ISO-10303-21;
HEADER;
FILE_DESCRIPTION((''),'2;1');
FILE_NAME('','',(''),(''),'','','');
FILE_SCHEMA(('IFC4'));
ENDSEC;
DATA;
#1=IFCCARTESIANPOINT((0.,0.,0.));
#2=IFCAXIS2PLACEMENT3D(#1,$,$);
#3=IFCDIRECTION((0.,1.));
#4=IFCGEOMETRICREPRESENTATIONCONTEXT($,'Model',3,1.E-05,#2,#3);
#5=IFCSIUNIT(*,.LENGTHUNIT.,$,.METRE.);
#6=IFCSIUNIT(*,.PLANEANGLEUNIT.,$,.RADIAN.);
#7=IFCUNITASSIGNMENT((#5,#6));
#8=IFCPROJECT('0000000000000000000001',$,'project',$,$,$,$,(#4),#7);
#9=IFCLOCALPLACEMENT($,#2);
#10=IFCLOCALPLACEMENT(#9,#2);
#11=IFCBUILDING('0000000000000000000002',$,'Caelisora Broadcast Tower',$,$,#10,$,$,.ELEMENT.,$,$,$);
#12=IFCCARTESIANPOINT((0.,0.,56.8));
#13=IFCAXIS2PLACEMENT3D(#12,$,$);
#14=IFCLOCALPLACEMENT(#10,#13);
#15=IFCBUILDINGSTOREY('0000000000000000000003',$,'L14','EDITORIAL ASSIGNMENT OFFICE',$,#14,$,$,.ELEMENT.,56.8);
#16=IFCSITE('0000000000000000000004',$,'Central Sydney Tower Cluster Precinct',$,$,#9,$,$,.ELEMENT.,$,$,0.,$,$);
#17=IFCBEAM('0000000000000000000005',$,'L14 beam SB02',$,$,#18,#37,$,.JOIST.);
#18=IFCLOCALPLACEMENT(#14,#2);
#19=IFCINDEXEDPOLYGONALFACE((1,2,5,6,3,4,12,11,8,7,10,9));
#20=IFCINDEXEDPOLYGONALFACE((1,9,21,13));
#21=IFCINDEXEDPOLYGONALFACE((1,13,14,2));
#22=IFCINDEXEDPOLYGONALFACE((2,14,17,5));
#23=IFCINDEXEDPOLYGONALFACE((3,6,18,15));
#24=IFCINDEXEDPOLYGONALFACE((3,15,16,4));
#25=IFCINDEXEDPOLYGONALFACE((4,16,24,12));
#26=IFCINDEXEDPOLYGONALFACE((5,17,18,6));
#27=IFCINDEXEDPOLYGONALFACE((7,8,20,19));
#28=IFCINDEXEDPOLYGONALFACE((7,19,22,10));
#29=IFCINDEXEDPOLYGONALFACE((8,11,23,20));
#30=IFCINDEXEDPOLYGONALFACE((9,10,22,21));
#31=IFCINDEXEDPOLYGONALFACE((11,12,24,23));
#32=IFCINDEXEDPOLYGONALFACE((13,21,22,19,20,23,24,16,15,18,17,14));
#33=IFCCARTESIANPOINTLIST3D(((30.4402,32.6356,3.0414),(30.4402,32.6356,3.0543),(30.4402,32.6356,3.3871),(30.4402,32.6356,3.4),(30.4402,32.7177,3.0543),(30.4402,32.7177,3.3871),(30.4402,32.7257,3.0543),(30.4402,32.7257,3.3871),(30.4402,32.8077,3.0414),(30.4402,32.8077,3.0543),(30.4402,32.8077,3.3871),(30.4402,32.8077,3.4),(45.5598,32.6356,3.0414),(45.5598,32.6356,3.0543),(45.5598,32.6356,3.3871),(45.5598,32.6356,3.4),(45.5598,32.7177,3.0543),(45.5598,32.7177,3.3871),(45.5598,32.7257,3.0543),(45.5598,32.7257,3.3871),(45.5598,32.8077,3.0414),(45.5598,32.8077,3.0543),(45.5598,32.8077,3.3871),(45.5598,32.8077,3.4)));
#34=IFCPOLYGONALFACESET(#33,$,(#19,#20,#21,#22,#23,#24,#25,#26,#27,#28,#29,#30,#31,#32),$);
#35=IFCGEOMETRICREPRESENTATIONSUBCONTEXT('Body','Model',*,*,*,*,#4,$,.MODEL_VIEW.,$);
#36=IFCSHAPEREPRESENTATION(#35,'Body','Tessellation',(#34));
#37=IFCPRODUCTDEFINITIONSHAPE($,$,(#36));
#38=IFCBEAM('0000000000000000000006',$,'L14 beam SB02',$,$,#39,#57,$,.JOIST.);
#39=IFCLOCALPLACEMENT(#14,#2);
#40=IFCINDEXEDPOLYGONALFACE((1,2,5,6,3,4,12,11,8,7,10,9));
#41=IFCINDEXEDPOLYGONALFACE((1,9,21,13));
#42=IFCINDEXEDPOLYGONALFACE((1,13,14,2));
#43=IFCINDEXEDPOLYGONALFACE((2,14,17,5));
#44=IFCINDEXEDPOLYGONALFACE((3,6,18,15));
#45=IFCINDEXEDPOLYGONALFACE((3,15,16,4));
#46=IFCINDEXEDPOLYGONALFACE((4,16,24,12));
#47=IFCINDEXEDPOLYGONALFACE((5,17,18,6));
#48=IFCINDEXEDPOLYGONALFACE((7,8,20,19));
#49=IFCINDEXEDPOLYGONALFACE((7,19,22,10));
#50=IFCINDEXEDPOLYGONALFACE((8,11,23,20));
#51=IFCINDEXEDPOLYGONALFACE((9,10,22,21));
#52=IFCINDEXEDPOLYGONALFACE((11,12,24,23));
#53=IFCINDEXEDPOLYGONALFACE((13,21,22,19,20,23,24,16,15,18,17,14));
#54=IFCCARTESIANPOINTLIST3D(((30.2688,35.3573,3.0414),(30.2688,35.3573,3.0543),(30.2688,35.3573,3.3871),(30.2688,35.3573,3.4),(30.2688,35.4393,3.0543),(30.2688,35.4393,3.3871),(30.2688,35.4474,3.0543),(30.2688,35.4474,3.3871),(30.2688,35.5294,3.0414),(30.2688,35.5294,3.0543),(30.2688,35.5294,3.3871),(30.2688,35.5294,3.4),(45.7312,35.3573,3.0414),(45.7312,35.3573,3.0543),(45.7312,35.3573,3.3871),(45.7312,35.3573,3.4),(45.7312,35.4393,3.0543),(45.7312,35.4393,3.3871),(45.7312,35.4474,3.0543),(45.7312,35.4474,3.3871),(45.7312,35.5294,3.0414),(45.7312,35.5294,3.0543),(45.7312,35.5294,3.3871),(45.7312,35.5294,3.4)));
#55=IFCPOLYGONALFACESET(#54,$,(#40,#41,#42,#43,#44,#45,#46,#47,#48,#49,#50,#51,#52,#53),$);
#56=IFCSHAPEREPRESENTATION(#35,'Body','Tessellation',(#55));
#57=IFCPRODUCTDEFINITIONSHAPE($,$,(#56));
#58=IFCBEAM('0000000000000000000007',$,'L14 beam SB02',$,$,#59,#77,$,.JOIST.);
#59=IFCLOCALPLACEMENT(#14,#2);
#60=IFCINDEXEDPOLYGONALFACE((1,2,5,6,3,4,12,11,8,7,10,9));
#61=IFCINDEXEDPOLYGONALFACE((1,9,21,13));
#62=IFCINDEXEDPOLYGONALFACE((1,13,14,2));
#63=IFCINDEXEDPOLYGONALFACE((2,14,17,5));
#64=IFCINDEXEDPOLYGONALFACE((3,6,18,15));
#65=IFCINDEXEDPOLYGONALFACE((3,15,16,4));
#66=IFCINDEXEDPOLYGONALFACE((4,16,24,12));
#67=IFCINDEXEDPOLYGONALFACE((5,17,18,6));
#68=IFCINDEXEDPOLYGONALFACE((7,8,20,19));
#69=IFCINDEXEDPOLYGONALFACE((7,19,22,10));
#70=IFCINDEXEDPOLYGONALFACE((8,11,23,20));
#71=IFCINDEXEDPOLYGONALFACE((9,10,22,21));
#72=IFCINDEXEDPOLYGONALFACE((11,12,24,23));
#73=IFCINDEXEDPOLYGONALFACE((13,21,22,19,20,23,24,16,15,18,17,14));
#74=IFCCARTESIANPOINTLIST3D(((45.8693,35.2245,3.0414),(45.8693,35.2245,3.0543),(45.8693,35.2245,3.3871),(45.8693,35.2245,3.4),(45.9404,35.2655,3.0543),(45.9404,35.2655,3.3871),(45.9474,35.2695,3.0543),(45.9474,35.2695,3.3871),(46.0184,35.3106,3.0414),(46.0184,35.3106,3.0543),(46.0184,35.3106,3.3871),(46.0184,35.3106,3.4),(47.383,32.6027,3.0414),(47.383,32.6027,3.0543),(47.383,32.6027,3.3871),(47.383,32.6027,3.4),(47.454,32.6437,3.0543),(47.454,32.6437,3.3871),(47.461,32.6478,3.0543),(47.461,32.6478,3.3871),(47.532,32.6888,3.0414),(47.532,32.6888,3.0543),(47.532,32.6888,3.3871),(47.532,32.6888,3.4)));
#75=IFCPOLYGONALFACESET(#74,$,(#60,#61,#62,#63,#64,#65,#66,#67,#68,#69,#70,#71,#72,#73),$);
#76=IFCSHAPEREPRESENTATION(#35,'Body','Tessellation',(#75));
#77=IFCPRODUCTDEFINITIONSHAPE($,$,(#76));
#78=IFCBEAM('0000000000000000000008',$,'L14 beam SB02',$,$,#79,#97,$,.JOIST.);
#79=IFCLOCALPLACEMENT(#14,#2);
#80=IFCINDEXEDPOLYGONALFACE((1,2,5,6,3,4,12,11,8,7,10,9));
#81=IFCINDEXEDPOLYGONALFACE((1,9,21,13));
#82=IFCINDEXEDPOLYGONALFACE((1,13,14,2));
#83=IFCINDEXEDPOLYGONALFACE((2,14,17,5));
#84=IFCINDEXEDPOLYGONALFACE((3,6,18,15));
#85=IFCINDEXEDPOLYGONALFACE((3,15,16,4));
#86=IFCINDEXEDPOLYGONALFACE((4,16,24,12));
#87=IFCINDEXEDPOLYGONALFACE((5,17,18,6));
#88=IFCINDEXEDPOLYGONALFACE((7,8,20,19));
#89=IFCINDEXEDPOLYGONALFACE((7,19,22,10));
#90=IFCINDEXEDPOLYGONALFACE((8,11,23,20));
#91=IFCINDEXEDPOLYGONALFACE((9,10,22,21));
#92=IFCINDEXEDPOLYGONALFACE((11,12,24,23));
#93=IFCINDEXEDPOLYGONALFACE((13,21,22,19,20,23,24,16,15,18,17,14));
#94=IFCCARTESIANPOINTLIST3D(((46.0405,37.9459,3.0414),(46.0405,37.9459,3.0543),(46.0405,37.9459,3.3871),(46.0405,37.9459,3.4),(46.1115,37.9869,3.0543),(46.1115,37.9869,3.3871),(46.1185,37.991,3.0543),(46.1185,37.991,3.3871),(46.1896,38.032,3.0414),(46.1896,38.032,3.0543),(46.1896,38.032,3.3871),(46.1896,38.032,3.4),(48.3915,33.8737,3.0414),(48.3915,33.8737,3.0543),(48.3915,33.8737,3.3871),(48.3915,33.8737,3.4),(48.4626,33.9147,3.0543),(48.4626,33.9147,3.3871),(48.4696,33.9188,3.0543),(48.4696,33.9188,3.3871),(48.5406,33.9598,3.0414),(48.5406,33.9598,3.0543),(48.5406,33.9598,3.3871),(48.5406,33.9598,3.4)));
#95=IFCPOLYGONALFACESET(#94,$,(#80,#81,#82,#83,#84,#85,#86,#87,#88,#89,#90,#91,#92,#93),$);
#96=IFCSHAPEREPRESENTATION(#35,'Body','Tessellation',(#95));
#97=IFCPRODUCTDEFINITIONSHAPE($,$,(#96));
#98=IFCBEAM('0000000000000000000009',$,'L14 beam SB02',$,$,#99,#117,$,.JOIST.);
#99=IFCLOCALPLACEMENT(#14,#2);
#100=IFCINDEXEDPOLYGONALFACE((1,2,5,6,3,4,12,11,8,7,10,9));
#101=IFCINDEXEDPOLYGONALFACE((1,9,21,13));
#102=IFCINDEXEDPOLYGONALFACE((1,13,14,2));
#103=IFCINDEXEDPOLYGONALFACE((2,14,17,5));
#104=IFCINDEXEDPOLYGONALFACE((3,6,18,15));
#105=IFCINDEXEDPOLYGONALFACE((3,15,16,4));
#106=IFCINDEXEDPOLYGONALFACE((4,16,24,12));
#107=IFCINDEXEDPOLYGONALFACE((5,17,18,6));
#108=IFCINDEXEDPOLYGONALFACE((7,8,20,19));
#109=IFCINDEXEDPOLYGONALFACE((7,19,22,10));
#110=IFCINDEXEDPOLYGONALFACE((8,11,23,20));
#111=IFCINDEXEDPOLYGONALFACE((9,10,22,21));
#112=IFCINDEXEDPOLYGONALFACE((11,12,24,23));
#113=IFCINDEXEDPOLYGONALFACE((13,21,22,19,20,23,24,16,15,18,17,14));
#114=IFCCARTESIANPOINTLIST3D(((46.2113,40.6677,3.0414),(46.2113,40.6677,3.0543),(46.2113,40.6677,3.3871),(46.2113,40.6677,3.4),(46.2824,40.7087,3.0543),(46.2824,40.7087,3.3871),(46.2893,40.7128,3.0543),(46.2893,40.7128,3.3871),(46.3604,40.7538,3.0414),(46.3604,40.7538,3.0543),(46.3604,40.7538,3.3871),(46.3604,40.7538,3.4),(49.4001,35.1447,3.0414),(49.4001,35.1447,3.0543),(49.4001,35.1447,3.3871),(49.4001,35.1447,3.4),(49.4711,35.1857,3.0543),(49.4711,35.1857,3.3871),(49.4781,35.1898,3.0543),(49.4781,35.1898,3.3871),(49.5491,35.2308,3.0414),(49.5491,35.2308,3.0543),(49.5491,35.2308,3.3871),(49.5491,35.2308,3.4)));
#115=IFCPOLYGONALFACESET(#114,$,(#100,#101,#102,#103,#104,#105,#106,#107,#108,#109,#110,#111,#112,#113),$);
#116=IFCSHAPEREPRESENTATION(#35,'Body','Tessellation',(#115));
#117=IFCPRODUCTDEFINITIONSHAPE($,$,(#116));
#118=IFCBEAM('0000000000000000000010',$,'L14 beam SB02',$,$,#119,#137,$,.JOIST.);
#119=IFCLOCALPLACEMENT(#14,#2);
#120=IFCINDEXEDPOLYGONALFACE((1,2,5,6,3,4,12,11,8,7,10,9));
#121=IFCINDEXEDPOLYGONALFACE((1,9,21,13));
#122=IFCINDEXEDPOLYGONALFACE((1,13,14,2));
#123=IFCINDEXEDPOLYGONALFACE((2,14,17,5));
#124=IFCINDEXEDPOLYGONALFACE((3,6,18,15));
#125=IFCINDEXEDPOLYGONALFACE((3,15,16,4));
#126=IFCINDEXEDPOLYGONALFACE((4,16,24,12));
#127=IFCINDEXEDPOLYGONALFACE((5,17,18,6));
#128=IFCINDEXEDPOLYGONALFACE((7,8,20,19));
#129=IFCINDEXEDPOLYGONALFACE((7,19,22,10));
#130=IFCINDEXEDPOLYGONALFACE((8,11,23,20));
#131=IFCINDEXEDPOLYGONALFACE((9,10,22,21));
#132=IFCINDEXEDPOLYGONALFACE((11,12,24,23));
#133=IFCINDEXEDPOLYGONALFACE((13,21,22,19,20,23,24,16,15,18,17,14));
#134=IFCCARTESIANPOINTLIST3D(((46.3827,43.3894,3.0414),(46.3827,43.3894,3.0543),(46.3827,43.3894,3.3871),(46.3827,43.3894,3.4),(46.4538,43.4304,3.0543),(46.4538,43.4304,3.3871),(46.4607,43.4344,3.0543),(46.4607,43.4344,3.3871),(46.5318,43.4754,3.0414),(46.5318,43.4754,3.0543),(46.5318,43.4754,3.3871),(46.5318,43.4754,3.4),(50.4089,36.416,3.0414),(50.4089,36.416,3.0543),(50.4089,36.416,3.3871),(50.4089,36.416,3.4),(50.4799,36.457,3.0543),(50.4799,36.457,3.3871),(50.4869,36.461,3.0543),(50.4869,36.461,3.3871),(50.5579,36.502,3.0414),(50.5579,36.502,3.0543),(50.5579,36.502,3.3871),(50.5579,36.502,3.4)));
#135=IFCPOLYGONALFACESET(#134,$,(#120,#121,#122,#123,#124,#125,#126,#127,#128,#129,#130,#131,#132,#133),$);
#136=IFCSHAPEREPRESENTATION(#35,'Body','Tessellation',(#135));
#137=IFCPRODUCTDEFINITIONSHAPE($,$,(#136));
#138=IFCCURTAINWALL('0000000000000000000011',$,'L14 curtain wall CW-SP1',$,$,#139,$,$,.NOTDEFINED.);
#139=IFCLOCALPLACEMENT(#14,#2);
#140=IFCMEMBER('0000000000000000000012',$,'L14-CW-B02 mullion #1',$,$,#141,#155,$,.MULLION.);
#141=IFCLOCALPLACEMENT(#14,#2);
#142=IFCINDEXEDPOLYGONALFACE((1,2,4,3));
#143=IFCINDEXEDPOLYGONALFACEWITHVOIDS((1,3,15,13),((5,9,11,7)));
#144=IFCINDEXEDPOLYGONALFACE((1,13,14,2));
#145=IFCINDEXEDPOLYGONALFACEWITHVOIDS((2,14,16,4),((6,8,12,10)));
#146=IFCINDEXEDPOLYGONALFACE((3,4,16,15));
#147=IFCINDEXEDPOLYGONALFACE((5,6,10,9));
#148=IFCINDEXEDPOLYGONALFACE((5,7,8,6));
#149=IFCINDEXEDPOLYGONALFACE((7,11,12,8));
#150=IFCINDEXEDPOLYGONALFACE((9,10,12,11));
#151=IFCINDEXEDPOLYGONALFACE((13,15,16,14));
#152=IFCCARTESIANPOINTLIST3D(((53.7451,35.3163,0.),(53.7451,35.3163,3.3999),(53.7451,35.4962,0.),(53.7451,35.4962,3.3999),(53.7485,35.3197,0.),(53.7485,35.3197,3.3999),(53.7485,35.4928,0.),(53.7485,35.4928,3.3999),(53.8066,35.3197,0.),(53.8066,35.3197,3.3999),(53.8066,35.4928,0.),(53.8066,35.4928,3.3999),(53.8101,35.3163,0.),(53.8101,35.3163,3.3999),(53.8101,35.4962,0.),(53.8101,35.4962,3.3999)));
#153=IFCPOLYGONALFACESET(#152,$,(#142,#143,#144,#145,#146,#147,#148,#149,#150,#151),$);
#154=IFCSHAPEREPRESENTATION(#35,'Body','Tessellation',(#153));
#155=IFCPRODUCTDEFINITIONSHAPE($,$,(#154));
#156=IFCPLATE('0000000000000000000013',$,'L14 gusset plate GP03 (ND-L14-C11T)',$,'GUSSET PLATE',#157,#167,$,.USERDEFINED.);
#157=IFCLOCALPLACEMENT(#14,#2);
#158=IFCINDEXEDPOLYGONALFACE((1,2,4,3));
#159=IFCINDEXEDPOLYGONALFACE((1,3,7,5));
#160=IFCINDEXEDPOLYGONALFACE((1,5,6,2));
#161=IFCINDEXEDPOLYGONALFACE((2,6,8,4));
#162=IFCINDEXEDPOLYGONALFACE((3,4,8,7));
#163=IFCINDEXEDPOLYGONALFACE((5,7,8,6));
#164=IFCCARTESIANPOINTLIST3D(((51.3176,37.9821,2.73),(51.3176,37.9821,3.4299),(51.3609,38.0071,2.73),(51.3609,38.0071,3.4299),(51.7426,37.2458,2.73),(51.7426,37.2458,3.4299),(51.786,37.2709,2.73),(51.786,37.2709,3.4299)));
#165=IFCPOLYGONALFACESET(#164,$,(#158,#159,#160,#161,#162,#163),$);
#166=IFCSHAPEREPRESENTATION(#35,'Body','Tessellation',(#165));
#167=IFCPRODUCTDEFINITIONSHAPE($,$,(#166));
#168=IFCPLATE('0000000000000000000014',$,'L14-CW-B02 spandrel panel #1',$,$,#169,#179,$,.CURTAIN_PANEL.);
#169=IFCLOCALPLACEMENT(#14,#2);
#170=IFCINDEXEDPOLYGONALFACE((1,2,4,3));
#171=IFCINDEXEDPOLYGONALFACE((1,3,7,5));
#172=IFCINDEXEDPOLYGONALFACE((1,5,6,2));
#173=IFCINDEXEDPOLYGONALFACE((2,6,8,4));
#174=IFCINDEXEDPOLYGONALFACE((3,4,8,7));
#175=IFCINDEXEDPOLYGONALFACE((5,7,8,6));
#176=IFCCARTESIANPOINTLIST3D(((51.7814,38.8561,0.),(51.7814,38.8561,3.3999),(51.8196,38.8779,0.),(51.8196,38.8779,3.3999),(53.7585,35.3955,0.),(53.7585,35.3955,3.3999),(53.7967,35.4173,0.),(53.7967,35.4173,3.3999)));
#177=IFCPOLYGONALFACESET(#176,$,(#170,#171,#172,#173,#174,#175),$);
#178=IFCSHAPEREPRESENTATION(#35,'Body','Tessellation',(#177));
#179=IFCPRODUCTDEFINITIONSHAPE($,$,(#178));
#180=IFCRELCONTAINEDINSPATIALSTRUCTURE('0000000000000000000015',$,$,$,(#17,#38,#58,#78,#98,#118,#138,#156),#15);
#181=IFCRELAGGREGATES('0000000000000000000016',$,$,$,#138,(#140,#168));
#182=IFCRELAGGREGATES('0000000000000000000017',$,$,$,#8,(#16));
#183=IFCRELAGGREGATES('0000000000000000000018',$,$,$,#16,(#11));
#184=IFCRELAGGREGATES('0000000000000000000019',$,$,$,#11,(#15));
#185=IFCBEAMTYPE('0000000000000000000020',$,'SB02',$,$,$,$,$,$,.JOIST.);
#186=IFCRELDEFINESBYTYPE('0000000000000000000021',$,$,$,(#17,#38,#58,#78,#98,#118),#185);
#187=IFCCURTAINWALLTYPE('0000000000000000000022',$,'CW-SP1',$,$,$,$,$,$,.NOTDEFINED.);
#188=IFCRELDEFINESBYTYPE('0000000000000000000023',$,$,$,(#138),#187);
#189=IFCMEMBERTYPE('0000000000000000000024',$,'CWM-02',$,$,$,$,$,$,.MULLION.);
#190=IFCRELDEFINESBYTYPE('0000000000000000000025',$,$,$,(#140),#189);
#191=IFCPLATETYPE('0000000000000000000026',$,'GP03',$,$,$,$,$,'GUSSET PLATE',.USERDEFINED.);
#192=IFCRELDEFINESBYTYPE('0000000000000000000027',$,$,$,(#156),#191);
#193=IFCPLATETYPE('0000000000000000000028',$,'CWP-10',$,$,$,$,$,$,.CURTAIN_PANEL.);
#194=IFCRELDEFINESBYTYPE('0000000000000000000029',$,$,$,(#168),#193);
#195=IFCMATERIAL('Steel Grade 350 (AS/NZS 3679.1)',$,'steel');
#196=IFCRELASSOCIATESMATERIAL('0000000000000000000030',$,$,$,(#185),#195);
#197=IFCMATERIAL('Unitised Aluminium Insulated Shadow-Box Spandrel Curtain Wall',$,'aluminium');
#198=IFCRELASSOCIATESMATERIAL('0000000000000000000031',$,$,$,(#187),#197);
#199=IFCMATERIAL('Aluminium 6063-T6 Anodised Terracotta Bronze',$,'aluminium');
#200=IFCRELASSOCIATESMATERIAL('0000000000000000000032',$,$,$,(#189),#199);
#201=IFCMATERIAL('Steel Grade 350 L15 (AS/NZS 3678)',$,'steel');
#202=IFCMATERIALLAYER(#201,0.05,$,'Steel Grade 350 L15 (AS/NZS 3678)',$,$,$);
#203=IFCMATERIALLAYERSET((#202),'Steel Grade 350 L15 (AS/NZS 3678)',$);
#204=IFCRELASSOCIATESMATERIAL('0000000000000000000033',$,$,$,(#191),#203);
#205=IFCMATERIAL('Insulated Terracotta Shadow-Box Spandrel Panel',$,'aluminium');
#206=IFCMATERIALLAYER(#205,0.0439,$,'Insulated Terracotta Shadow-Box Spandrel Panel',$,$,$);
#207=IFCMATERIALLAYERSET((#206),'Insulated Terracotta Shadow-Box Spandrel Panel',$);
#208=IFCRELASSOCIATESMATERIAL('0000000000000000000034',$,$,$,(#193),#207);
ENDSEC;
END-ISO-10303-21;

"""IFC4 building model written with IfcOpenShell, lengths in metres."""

from ifc_helpers import new_model, si_unit, direction, frame, origin, origin_2d, place, context, subcontext, project, spatial, rectangle, hollow_rectangle, i_section, extrude, source, transform, mapped, material, layer, layer_set, material_profile, profile_set, type_object, type_shapes, element, aggregate, save


model = new_model("IFC4")

# Units and contexts
model_context = context("Model", 3, precision=1e-05, world=origin(), true_north=direction((0.0, 1.0)))
body_context = subcontext(model_context, "Body", "Model", "MODEL_VIEW")
ifc_project = project(units=[si_unit("LENGTHUNIT", "METRE"), si_unit("PLANEANGLEUNIT", "RADIAN")], contexts=[model_context])

# Site, building, storey
site_placement = place(None, origin())
site = spatial("IfcSite", under=ifc_project, at=site_placement, Name="Central Sydney Tower Cluster Precinct", CompositionType="ELEMENT", RefElevation=0.0)
building_placement = place(site_placement, origin())
building = spatial("IfcBuilding", under=site, at=building_placement, Name="Caelisora Broadcast Tower", CompositionType="ELEMENT")
storey_placement = place(building_placement, frame((0.0, 0.0, 56.8)))
storey = spatial("IfcBuildingStorey", under=building, at=storey_placement, Name="L14", Description="EDITORIAL ASSIGNMENT OFFICE", CompositionType="ELEMENT", Elevation=56.8)

# Beams
ifc_material_1 = material(Name="Steel Grade 350 (AS/NZS 3679.1)", Category="steel")
ifc_material_profile_1 = material_profile(ifc_material_1, i_section(OverallWidth=0.1721, OverallDepth=0.3586, WebThickness=0.0081, FlangeThickness=0.0129, at=origin_2d()), Name="Steel Grade 350 (AS/NZS 3679.1)")
ifc_profile_set_1 = profile_set([ifc_material_profile_1], Name="Steel Grade 350 (AS/NZS 3679.1)")
beam_type = type_object("IfcBeamType", Name="SB02", PredefinedType="JOIST", material=ifc_profile_set_1)
shared_shape_1 = source(origin(), body_context, "Body", "SweptSolid", [
    extrude(i_section(OverallWidth=0.1721, OverallDepth=0.3586, WebThickness=0.0081, FlangeThickness=0.0129, at=origin_2d()), origin(), (0.0, 0.0, 1.0), 15.1196),
])
beam_1_placement = place(storey_placement, frame((45.5598, 32.7217, 3.2207), z_axis=(-1.0, 0.0, 0.0), x_axis=(0.0, -1.0, 0.0)))
element("IfcBeam", 1, at=beam_1_placement, inside=storey, type_object=beam_type, Name="L14 beam SB02", PredefinedType="JOIST", context=body_context, shape_type="MappedRepresentation", body=[
    mapped(shared_shape_1, transform((0.0, 0.0, 0.0), scale=1.0)),
])
shared_shape_2 = source(origin(), body_context, "Body", "SweptSolid", [
    extrude(i_section(OverallWidth=0.1721, OverallDepth=0.3586, WebThickness=0.0081, FlangeThickness=0.0129, at=origin_2d()), origin(), (0.0, 0.0, 1.0), 15.4624),
])
beam_2_placement = place(storey_placement, frame((45.7312, 35.4434, 3.2207), z_axis=(-1.0, 0.0, 0.0), x_axis=(0.0, -1.0, 0.0)))
element("IfcBeam", 2, at=beam_2_placement, inside=storey, type_object=beam_type, Name="L14 beam SB02", PredefinedType="JOIST", context=body_context, shape_type="MappedRepresentation", body=[
    mapped(shared_shape_2, transform((0.0, 0.0, 0.0), scale=1.0)),
])
shared_shape_3 = source(origin(), body_context, "Body", "SweptSolid", [
    extrude(i_section(OverallWidth=0.1721, OverallDepth=0.3586, WebThickness=0.0081, FlangeThickness=0.0129, at=origin_2d()), origin(), (0.0, 0.0, 1.0), 3.0273),
])
beam_3_placement = place(storey_placement, frame((47.4575, 32.6458, 3.2207), z_axis=(-0.49999, 0.866031, 0.0), x_axis=(-0.866031, -0.49999, 0.0)))
element("IfcBeam", 3, at=beam_3_placement, inside=storey, type_object=beam_type, Name="L14 beam SB02", PredefinedType="JOIST", context=body_context, shape_type="MappedRepresentation", body=[
    mapped(shared_shape_3, transform((0.0, 0.0, 0.0), scale=1.0)),
])
shared_shape_4 = source(origin(), body_context, "Body", "SweptSolid", [
    extrude(i_section(OverallWidth=0.1721, OverallDepth=0.3586, WebThickness=0.0081, FlangeThickness=0.0129, at=origin_2d()), origin(), (0.0, 0.0, 1.0), 4.7021),
])
beam_4_placement = place(storey_placement, frame((48.4661, 33.9167, 3.2207), z_axis=(-0.499992, 0.86603, 0.0), x_axis=(-0.86603, -0.499992, 0.0)))
element("IfcBeam", 4, at=beam_4_placement, inside=storey, type_object=beam_type, Name="L14 beam SB02", PredefinedType="JOIST", context=body_context, shape_type="MappedRepresentation", body=[
    mapped(shared_shape_4, transform((0.0, 0.0, 0.0), scale=1.0)),
])
shared_shape_5 = source(origin(), body_context, "Body", "SweptSolid", [
    extrude(i_section(OverallWidth=0.1721, OverallDepth=0.3586, WebThickness=0.0081, FlangeThickness=0.0129, at=origin_2d()), origin(), (0.0, 0.0, 1.0), 6.3774),
])
beam_5_placement = place(storey_placement, frame((49.4746, 35.1877, 3.2207), z_axis=(-0.500005, 0.866022, 0.0), x_axis=(-0.866022, -0.500005, 0.0)))
element("IfcBeam", 5, at=beam_5_placement, inside=storey, type_object=beam_type, Name="L14 beam SB02", PredefinedType="JOIST", context=body_context, shape_type="MappedRepresentation", body=[
    mapped(shared_shape_5, transform((0.0, 0.0, 0.0), scale=1.0)),
])
shared_shape_6 = source(origin(), body_context, "Body", "SweptSolid", [
    extrude(i_section(OverallWidth=0.1721, OverallDepth=0.3586, WebThickness=0.0081, FlangeThickness=0.0129, at=origin_2d()), origin(), (0.0, 0.0, 1.0), 8.0522),
])
type_shapes(beam_type, [shared_shape_1, shared_shape_2, shared_shape_3, shared_shape_4, shared_shape_5, shared_shape_6])
beam_6_placement = place(storey_placement, frame((50.4834, 36.459, 3.2207), z_axis=(-0.500003, 0.866024, 0.0), x_axis=(-0.866024, -0.500003, 0.0)))
element("IfcBeam", 6, at=beam_6_placement, inside=storey, type_object=beam_type, Name="L14 beam SB02", PredefinedType="JOIST", context=body_context, shape_type="MappedRepresentation", body=[
    mapped(shared_shape_6, transform((0.0, 0.0, 0.0), scale=1.0)),
])

# Curtain wall, member
ifc_material_2 = material(Name="Unitised Aluminium Insulated Shadow-Box Spandrel Curtain Wall", Category="aluminium")
curtain_wall_type = type_object("IfcCurtainWallType", Name="CW-SP1", PredefinedType="NOTDEFINED", material=ifc_material_2)
curtain_wall_placement = place(storey_placement, origin())
curtain_wall = element("IfcCurtainWall", 7, at=curtain_wall_placement, inside=storey, type_object=curtain_wall_type, Name="L14 curtain wall CW-SP1", PredefinedType="NOTDEFINED")
ifc_material_3 = material(Name="Aluminium 6063-T6 Anodised Terracotta Bronze", Category="aluminium")
ifc_material_profile_2 = material_profile(ifc_material_3, hollow_rectangle(XDim=0.0649, YDim=0.1799, WallThickness=0.0034, at=origin_2d()), Name="Aluminium 6063-T6 Anodised Terracotta Bronze")
ifc_profile_set_2 = profile_set([ifc_material_profile_2], Name="Aluminium 6063-T6 Anodised Terracotta Bronze")
member_type = type_object("IfcMemberType", Name="CWM-02", PredefinedType="MULLION", material=ifc_profile_set_2)
shared_shape_7 = source(origin(), body_context, "Body", "SweptSolid", [
    extrude(hollow_rectangle(XDim=0.0649, YDim=0.1799, WallThickness=0.0034, at=origin_2d()), origin(), (0.0, 0.0, 1.0), 3.3999),
])
type_shapes(member_type, [shared_shape_7])
member_placement = place(storey_placement, frame((53.7776, 35.4062, 0.0), z_axis=(0.0, 0.0, 1.0), x_axis=(1.0, 0.0, 0.0)))
member = element("IfcMember", 8, at=member_placement, type_object=member_type, Name="L14-CW-B02 mullion #1", PredefinedType="MULLION", context=body_context, shape_type="MappedRepresentation", body=[
    mapped(shared_shape_7, transform((0.0, 0.0, 0.0), scale=1.0)),
])

# Plates
ifc_material_4 = material(Name="Steel Grade 350 L15 (AS/NZS 3678)", Category="steel")
ifc_layer_1 = layer(ifc_material_4, 0.05, Name="Steel Grade 350 L15 (AS/NZS 3678)")
ifc_layer_set_1 = layer_set([ifc_layer_1], Name="Steel Grade 350 L15 (AS/NZS 3678)")
plate_type_1 = type_object("IfcPlateType", Name="GP03", ElementType="GUSSET PLATE", PredefinedType="USERDEFINED", material=ifc_layer_set_1)
shared_shape_8 = source(origin(), body_context, "Body", "SweptSolid", [
    extrude(rectangle(XDim=0.8501, YDim=0.05, at=origin_2d()), origin(), (0.0, 0.0, 1.0), 0.7),
])
type_shapes(plate_type_1, [shared_shape_8])
plate_1_placement = place(storey_placement, frame((51.5518, 37.6265, 2.73), z_axis=(0.0, 0.0, 1.0), x_axis=(-0.5, 0.866025, 0.0)))
element("IfcPlate", 9, at=plate_1_placement, inside=storey, type_object=plate_type_1, Name="L14 gusset plate GP03 (ND-L14-C11T)", ObjectType="GUSSET PLATE", PredefinedType="USERDEFINED", context=body_context, shape_type="MappedRepresentation", body=[
    mapped(shared_shape_8, transform((0.0, 0.0, 0.0), scale=1.0)),
])
ifc_material_5 = material(Name="Insulated Terracotta Shadow-Box Spandrel Panel", Category="aluminium")
ifc_layer_2 = layer(ifc_material_5, 0.0439, Name="Insulated Terracotta Shadow-Box Spandrel Panel")
ifc_layer_set_2 = layer_set([ifc_layer_2], Name="Insulated Terracotta Shadow-Box Spandrel Panel")
plate_type_2 = type_object("IfcPlateType", Name="CWP-10", PredefinedType="CURTAIN_PANEL", material=ifc_layer_set_2)
shared_shape_9 = source(origin(), body_context, "Body", "SweptSolid", [
    extrude(rectangle(XDim=3.9856, YDim=0.0439, at=origin_2d()), origin(), (0.0, 0.0, 1.0), 3.3999),
])
type_shapes(plate_type_2, [shared_shape_9])
plate_2_placement = place(storey_placement, frame((52.7891, 37.1367, 0.0), z_axis=(0.0, 0.0, 1.0), x_axis=(0.496065, -0.868285, 0.0)))
plate_2 = element("IfcPlate", 10, at=plate_2_placement, type_object=plate_type_2, Name="L14-CW-B02 spandrel panel #1", PredefinedType="CURTAIN_PANEL", context=body_context, shape_type="MappedRepresentation", body=[
    mapped(shared_shape_9, transform((0.0, 0.0, 0.0), scale=1.0)),
])
aggregate(curtain_wall, [member, plate_2])

save(model, "model.ifc")
